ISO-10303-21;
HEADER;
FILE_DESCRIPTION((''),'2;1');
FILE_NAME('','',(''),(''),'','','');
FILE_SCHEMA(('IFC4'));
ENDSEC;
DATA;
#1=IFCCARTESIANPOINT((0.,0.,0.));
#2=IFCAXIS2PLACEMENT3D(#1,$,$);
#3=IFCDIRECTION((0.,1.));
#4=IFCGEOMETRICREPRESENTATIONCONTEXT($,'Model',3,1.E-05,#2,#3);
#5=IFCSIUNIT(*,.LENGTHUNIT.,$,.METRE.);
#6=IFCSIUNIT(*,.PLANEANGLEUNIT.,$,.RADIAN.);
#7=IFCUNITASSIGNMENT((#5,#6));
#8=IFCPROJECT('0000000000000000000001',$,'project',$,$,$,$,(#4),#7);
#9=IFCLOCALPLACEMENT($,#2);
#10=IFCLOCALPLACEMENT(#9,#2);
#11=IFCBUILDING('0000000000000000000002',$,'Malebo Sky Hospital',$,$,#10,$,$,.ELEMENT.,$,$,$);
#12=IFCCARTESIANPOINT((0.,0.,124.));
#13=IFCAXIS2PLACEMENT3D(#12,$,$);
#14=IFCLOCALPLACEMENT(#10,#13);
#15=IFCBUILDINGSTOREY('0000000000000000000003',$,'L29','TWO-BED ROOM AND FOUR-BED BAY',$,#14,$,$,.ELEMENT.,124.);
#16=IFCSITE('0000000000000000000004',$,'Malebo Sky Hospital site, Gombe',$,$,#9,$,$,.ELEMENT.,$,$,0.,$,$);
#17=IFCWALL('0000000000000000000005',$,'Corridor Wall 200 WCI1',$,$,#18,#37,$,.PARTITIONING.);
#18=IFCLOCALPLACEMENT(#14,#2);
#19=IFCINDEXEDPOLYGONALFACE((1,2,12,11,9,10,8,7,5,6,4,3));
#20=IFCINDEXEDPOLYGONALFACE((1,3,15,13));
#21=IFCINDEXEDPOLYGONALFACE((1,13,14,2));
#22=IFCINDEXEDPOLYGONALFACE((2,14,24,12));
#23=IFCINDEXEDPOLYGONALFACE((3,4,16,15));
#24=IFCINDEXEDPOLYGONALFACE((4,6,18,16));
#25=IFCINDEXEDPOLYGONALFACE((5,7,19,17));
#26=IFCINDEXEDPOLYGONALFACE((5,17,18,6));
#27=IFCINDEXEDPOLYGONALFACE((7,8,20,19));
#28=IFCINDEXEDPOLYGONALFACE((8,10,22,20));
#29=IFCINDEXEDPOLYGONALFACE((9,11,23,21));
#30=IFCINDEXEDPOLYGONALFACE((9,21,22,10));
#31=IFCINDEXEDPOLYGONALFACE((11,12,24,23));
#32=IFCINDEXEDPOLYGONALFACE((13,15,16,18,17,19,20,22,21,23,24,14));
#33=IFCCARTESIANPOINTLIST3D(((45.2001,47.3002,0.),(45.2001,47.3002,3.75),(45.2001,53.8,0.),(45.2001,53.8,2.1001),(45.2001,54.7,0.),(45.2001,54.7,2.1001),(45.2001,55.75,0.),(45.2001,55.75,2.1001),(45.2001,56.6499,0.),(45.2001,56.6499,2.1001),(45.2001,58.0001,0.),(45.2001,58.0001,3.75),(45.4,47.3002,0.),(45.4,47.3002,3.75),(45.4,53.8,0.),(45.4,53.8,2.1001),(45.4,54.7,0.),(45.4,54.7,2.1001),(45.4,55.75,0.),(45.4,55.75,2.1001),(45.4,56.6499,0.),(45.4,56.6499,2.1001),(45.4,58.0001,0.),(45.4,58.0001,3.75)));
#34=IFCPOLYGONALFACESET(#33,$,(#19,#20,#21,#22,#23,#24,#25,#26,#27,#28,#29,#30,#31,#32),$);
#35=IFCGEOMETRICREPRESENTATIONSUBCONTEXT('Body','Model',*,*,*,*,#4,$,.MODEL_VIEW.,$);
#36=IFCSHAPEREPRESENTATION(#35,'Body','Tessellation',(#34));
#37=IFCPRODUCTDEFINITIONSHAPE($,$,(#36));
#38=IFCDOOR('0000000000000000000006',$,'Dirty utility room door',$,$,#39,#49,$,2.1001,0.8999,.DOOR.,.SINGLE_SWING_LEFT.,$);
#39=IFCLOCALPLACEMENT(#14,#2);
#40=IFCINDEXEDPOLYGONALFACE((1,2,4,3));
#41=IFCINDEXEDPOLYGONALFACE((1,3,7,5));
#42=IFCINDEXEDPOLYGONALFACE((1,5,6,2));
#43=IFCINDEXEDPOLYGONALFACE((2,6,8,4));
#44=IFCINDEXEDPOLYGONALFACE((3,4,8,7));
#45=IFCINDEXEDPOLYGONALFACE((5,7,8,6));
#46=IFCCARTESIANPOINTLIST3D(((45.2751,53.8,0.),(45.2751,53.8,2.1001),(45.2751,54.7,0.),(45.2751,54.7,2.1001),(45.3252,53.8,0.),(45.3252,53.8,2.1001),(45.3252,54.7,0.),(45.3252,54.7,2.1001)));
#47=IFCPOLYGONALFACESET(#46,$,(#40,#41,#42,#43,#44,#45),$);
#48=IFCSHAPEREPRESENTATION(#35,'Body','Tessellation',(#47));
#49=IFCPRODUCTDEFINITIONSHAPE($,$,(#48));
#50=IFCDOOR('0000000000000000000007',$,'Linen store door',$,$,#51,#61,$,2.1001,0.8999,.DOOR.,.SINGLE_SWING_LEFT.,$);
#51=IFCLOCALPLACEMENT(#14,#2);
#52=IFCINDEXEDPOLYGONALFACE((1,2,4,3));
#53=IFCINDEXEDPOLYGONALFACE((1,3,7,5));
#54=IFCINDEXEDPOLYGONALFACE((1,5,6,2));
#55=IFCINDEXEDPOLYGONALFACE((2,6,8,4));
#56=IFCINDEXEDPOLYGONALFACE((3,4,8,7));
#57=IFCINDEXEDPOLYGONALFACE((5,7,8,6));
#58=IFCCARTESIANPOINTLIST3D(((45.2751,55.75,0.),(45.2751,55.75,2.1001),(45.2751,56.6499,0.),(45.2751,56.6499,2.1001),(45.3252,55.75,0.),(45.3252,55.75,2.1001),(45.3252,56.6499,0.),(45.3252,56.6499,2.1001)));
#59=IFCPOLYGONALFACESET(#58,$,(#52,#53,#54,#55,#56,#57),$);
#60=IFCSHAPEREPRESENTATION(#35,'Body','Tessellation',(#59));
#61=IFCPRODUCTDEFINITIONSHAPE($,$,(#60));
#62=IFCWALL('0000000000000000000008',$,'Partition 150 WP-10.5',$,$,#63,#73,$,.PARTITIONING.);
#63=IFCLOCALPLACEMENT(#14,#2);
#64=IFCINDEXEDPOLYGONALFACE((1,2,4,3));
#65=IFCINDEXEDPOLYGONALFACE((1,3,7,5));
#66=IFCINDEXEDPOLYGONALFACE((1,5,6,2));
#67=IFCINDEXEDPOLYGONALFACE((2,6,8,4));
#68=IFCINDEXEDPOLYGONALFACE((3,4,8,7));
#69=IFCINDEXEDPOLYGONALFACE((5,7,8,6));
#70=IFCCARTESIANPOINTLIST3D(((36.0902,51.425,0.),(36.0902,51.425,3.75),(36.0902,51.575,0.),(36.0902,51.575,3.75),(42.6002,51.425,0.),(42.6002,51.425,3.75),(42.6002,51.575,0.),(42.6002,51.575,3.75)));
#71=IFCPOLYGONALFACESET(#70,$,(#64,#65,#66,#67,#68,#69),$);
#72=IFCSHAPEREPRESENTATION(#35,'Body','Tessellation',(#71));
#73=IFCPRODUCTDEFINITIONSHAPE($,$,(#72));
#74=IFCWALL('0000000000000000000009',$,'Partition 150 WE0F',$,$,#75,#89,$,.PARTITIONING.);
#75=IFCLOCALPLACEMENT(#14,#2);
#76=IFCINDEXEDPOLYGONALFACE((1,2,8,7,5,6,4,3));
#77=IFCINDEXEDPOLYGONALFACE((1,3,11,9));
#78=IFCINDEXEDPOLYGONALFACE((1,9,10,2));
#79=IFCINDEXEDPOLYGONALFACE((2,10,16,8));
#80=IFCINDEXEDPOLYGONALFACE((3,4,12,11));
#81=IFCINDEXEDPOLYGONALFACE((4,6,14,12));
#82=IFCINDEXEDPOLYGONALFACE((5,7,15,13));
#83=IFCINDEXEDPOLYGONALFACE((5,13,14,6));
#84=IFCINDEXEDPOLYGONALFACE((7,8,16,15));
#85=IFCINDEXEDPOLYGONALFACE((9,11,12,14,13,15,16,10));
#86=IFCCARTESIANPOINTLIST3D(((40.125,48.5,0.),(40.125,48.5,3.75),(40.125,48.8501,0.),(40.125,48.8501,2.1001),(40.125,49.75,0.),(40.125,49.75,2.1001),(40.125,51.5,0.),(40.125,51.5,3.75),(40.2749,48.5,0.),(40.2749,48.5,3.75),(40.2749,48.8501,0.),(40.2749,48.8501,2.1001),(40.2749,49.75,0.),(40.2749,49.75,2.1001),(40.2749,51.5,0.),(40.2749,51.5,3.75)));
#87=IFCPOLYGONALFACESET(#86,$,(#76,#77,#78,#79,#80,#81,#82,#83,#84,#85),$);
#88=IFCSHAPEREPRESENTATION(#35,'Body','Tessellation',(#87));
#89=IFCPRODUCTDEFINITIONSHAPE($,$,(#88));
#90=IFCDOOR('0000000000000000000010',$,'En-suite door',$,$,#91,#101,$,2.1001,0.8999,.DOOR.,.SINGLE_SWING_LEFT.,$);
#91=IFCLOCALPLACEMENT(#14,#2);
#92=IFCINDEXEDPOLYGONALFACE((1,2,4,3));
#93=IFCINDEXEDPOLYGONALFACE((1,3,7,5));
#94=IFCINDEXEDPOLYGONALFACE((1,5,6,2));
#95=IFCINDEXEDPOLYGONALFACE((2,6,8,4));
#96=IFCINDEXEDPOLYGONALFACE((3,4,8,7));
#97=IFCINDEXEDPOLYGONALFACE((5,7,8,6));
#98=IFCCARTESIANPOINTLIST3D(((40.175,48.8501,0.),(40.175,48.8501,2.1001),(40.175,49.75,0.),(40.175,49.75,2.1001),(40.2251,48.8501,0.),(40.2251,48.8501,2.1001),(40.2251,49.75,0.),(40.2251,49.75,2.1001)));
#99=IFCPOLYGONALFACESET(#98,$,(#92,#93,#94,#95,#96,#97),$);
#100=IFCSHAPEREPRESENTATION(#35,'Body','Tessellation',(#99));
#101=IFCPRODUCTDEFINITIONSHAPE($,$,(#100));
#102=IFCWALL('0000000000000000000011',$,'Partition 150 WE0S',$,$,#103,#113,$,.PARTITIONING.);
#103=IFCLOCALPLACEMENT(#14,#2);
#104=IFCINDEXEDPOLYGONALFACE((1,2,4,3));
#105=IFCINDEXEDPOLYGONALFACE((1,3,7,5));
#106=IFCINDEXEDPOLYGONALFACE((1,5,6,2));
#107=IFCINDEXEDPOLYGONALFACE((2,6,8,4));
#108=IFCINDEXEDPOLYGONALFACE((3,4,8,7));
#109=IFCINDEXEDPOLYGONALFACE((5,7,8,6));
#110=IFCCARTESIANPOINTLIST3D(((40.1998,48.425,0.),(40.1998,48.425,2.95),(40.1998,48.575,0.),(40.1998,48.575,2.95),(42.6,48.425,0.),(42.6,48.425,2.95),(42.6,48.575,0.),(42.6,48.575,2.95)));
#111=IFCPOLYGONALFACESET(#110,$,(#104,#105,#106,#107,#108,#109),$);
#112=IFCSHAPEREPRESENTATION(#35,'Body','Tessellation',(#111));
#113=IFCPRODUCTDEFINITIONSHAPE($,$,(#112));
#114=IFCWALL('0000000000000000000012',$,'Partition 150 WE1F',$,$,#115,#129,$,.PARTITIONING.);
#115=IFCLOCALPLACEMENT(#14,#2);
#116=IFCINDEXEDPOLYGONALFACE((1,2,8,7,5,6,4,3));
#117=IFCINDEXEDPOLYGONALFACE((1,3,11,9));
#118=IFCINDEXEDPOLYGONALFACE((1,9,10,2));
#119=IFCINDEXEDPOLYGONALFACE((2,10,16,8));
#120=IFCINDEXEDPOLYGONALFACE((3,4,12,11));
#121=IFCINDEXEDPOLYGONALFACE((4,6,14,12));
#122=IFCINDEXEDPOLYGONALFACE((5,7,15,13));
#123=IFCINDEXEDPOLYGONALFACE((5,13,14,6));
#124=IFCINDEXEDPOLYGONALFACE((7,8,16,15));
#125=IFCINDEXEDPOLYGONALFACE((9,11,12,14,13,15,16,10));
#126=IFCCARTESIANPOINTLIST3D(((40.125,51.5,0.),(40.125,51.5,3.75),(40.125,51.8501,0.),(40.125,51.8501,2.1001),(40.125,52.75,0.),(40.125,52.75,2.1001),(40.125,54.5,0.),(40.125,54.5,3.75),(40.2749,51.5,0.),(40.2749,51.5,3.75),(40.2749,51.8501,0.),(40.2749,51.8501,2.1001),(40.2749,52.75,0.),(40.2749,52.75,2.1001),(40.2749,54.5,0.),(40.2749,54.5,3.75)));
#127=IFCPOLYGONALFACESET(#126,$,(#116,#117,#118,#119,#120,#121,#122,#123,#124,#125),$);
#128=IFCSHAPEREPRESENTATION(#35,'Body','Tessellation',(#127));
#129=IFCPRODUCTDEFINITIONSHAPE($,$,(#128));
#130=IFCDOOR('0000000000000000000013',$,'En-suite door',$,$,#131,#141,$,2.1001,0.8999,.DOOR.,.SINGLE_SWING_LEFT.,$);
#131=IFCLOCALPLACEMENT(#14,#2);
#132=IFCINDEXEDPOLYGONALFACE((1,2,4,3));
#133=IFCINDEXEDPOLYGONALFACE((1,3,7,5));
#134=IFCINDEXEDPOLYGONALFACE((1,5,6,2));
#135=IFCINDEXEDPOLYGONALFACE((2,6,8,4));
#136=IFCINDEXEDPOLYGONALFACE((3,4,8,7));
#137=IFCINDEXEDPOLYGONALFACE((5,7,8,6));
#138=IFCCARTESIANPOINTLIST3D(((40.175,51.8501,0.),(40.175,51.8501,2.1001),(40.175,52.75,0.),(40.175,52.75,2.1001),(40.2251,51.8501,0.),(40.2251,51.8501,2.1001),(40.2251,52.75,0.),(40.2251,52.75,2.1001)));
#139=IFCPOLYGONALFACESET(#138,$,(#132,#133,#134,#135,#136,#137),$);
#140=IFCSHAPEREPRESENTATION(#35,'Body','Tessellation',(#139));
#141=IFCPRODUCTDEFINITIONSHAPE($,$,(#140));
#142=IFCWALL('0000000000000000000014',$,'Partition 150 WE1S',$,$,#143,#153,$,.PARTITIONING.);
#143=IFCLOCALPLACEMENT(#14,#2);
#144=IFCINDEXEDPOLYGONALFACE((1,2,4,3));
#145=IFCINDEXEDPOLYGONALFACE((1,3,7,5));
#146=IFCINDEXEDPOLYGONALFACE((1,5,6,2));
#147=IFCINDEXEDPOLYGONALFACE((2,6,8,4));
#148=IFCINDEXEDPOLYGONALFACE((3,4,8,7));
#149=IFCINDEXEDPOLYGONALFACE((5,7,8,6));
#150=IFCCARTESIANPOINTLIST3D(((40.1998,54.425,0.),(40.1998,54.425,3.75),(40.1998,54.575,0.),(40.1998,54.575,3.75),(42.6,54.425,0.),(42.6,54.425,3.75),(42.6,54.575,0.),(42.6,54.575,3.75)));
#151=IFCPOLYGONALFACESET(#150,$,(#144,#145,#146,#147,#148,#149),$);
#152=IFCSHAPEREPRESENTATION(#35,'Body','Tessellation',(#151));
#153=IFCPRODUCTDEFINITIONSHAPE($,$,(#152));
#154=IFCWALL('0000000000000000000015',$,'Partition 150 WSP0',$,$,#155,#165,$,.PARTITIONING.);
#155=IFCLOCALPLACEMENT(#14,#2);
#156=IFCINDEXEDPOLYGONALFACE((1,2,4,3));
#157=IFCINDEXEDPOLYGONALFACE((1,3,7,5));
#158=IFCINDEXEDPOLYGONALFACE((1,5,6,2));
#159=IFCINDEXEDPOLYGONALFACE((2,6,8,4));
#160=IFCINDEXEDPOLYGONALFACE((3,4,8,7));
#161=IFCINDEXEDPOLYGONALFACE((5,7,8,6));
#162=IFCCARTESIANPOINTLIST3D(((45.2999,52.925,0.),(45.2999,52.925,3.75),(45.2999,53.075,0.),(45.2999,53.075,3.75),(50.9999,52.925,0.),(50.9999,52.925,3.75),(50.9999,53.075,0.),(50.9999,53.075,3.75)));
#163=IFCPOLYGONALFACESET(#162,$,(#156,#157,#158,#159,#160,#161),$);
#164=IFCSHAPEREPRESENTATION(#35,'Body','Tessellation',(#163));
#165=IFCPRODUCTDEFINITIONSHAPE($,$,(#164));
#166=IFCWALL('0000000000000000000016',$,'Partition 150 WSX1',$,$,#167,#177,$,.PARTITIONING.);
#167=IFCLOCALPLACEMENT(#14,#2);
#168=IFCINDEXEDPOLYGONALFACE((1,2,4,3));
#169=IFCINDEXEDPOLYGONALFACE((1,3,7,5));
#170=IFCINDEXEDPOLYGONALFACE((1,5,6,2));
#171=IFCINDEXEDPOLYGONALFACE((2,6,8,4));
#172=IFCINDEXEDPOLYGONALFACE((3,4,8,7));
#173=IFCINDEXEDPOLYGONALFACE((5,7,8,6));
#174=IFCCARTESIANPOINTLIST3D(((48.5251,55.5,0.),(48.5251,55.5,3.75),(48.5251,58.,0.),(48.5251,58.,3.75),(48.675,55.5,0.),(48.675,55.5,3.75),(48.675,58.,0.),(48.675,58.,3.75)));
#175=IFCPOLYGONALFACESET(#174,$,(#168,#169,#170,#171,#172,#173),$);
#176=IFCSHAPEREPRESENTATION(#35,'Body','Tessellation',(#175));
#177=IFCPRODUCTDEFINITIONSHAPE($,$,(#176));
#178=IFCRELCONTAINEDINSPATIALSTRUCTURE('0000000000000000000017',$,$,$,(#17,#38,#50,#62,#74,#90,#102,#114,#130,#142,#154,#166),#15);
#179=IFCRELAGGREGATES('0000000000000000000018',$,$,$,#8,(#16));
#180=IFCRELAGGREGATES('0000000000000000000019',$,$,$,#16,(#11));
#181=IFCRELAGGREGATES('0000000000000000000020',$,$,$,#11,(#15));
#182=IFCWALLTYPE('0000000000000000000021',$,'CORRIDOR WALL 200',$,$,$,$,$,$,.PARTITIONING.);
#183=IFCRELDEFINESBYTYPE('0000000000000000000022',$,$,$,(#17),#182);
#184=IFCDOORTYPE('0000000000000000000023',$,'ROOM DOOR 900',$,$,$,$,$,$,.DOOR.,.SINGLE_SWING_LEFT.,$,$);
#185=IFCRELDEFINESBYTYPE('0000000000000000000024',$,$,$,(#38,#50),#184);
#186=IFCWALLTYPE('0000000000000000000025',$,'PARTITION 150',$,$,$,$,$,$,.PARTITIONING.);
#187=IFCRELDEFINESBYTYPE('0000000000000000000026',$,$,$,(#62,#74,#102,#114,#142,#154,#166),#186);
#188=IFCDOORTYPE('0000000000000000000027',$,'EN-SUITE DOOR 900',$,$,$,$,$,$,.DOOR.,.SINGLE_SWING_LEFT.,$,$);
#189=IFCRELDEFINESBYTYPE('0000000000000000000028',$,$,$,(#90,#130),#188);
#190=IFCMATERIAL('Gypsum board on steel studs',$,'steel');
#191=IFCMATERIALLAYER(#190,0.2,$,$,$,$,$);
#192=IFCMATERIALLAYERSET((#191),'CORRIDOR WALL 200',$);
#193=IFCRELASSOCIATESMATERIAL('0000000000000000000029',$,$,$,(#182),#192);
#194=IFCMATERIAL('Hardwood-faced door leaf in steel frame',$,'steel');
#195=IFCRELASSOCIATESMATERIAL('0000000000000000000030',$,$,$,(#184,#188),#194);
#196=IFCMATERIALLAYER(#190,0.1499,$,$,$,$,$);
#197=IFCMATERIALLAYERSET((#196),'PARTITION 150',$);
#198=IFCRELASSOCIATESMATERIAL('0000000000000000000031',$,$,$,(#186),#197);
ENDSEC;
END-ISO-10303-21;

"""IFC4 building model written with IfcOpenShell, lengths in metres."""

from ifc_helpers import new_model, si_unit, direction, frame, frame_2d, origin, place, context, subcontext, project, spatial, rectangle, extrude, material, layer, layer_set, type_object, element, fill, save


model = new_model("IFC4")

# Units and contexts
model_context = context("Model", 3, precision=1e-05, world=origin(), true_north=direction((0.0, 1.0)))
body_context = subcontext(model_context, "Body", "Model", "MODEL_VIEW")
ifc_project = project(units=[si_unit("LENGTHUNIT", "METRE"), si_unit("PLANEANGLEUNIT", "RADIAN")], contexts=[model_context])

# Site, building, storey
site_placement = place(None, origin())
site = spatial("IfcSite", under=ifc_project, at=site_placement, Name="Malebo Sky Hospital site, Gombe", CompositionType="ELEMENT", RefElevation=0.0)
building_placement = place(site_placement, origin())
building = spatial("IfcBuilding", under=site, at=building_placement, Name="Malebo Sky Hospital", CompositionType="ELEMENT")
storey_placement = place(building_placement, frame((0.0, 0.0, 124.0)))
storey = spatial("IfcBuildingStorey", under=building, at=storey_placement, Name="L29", Description="TWO-BED ROOM AND FOUR-BED BAY", CompositionType="ELEMENT", Elevation=124.0)

# Wall, openings, doors
ifc_material_1 = material(Name="Gypsum board on steel studs", Category="steel")
ifc_layer_1 = layer(ifc_material_1, 0.2)
ifc_layer_set_1 = layer_set([ifc_layer_1], Name="CORRIDOR WALL 200")
wall_type_1 = type_object("IfcWallType", Name="CORRIDOR WALL 200", PredefinedType="PARTITIONING", material=ifc_layer_set_1)
wall_1_placement = place(storey_placement, frame((45.3, 47.3, 0.0), z_axis=(0.0, 0.0, 1.0), x_axis=(0.0, 1.0, 0.0)))
wall_1 = element("IfcWall", 1, at=wall_1_placement, inside=storey, type_object=wall_type_1, Name="Corridor Wall 200 WCI1", PredefinedType="PARTITIONING", context=body_context, shape_type="SweptSolid", body=[
    extrude(rectangle(XDim=10.7, YDim=0.2, at=frame_2d((5.3501, 0.0))), origin(), (0.0, 0.0, 1.0), 3.75),
])
opening_1_placement = place(wall_1_placement, frame((6.5, 0.0, 0.0)))
opening_1 = element("IfcOpeningElement", 2, at=opening_1_placement, cuts=wall_1, PredefinedType="OPENING", context=body_context, shape_type="SweptSolid", body=[
    extrude(rectangle(XDim=0.8999, YDim=2.1001, at=frame_2d((0.45, 1.05))), frame((0.0, 0.1099, 0.0), z_axis=(0.0, -1.0, 0.0), x_axis=(1.0, 0.0, 0.0)), (0.0, 0.0, 1.0), 0.22),
])
opening_2_placement = place(wall_1_placement, frame((8.45, 0.0, 0.0)))
opening_2 = element("IfcOpeningElement", 3, at=opening_2_placement, cuts=wall_1, PredefinedType="OPENING", context=body_context, shape_type="SweptSolid", body=[
    extrude(rectangle(XDim=0.8999, YDim=2.1001, at=frame_2d((0.45, 1.05))), frame((0.0, 0.1099, 0.0), z_axis=(0.0, -1.0, 0.0), x_axis=(1.0, 0.0, 0.0)), (0.0, 0.0, 1.0), 0.22),
])
ifc_material_2 = material(Name="Hardwood-faced door leaf in steel frame", Category="steel")
door_type_1 = type_object("IfcDoorType", Name="ROOM DOOR 900", OperationType="SINGLE_SWING_LEFT", PredefinedType="DOOR", material=ifc_material_2)
door_1_placement = place(opening_1_placement, origin())
door_1 = element("IfcDoor", 4, at=door_1_placement, inside=storey, type_object=door_type_1, Name="Dirty utility room door", OperationType="SINGLE_SWING_LEFT", OverallHeight=2.1001, OverallWidth=0.8999, PredefinedType="DOOR", context=body_context, shape_type="SweptSolid", body=[
    extrude(rectangle(XDim=0.8999, YDim=2.1001, at=frame_2d((0.45, 1.05))), frame((0.0, 0.0249, 0.0), z_axis=(0.0, -1.0, 0.0), x_axis=(1.0, 0.0, 0.0)), (0.0, 0.0, 1.0), 0.05),
])
fill(opening_1, door_1)
door_2_placement = place(opening_2_placement, origin())
door_2 = element("IfcDoor", 5, at=door_2_placement, inside=storey, type_object=door_type_1, Name="Linen store door", OperationType="SINGLE_SWING_LEFT", OverallHeight=2.1001, OverallWidth=0.8999, PredefinedType="DOOR", context=body_context, shape_type="SweptSolid", body=[
    extrude(rectangle(XDim=0.8999, YDim=2.1001, at=frame_2d((0.45, 1.05))), frame((0.0, 0.0249, 0.0), z_axis=(0.0, -1.0, 0.0), x_axis=(1.0, 0.0, 0.0)), (0.0, 0.0, 1.0), 0.05),
])
fill(opening_2, door_2)

# Wall
ifc_layer_2 = layer(ifc_material_1, 0.1499)
ifc_layer_set_2 = layer_set([ifc_layer_2], Name="PARTITION 150")
wall_type_2 = type_object("IfcWallType", Name="PARTITION 150", PredefinedType="PARTITIONING", material=ifc_layer_set_2)
wall_2_placement = place(storey_placement, frame((42.6001, 51.5, 0.0), z_axis=(0.0, 0.0, 1.0), x_axis=(-1.0, 0.0, 0.0)))
element("IfcWall", 6, at=wall_2_placement, inside=storey, type_object=wall_type_2, Name="Partition 150 WP-10.5", PredefinedType="PARTITIONING", context=body_context, shape_type="SweptSolid", body=[
    extrude(rectangle(XDim=6.51, YDim=0.1499, at=frame_2d((3.2549, 0.0))), origin(), (0.0, 0.0, 1.0), 3.75),
])

# Wall, opening, door
wall_3_placement = place(storey_placement, frame((40.2, 48.5, 0.0), z_axis=(0.0, 0.0, 1.0), x_axis=(0.0, 1.0, 0.0)))
wall_3 = element("IfcWall", 7, at=wall_3_placement, inside=storey, type_object=wall_type_2, Name="Partition 150 WE0F", PredefinedType="PARTITIONING", context=body_context, shape_type="SweptSolid", body=[
    extrude(rectangle(XDim=3.0, YDim=0.1499, at=frame_2d((1.5, 0.0))), origin(), (0.0, 0.0, 1.0), 3.75),
])
opening_3_placement = place(wall_3_placement, frame((0.3501, 0.0, 0.0)))
opening_3 = element("IfcOpeningElement", 8, at=opening_3_placement, cuts=wall_3, PredefinedType="OPENING", context=body_context, shape_type="SweptSolid", body=[
    extrude(rectangle(XDim=0.8999, YDim=2.1001, at=frame_2d((0.45, 1.05))), frame((0.0, 0.085, 0.0), z_axis=(0.0, -1.0, 0.0), x_axis=(1.0, 0.0, 0.0)), (0.0, 0.0, 1.0), 0.1699),
])
door_type_2 = type_object("IfcDoorType", Name="EN-SUITE DOOR 900", OperationType="SINGLE_SWING_LEFT", PredefinedType="DOOR", material=ifc_material_2)
door_3_placement = place(opening_3_placement, origin())
door_3 = element("IfcDoor", 9, at=door_3_placement, inside=storey, type_object=door_type_2, Name="En-suite door", OperationType="SINGLE_SWING_LEFT", OverallHeight=2.1001, OverallWidth=0.8999, PredefinedType="DOOR", context=body_context, shape_type="SweptSolid", body=[
    extrude(rectangle(XDim=0.8999, YDim=2.1001, at=frame_2d((0.45, 1.05))), frame((0.0, 0.0249, 0.0), z_axis=(0.0, -1.0, 0.0), x_axis=(1.0, 0.0, 0.0)), (0.0, 0.0, 1.0), 0.05),
])
fill(opening_3, door_3)

# Wall
wall_4_placement = place(storey_placement, frame((42.6001, 48.5, 0.0), z_axis=(0.0, 0.0, 1.0), x_axis=(-1.0, 0.0, 0.0)))
element("IfcWall", 10, at=wall_4_placement, inside=storey, type_object=wall_type_2, Name="Partition 150 WE0S", PredefinedType="PARTITIONING", context=body_context, shape_type="SweptSolid", body=[
    extrude(rectangle(XDim=2.4001, YDim=0.1499, at=frame_2d((1.2002, 0.0))), origin(), (0.0, 0.0, 1.0), 2.95),
])

# Wall, opening, door
wall_5_placement = place(storey_placement, frame((40.2, 51.5, 0.0), z_axis=(0.0, 0.0, 1.0), x_axis=(0.0, 1.0, 0.0)))
wall_5 = element("IfcWall", 11, at=wall_5_placement, inside=storey, type_object=wall_type_2, Name="Partition 150 WE1F", PredefinedType="PARTITIONING", context=body_context, shape_type="SweptSolid", body=[
    extrude(rectangle(XDim=3.0, YDim=0.1499, at=frame_2d((1.5, 0.0))), origin(), (0.0, 0.0, 1.0), 3.75),
])
opening_4_placement = place(wall_5_placement, frame((0.3501, 0.0, 0.0)))
opening_4 = element("IfcOpeningElement", 12, at=opening_4_placement, cuts=wall_5, PredefinedType="OPENING", context=body_context, shape_type="SweptSolid", body=[
    extrude(rectangle(XDim=0.8999, YDim=2.1001, at=frame_2d((0.45, 1.05))), frame((0.0, 0.085, 0.0), z_axis=(0.0, -1.0, 0.0), x_axis=(1.0, 0.0, 0.0)), (0.0, 0.0, 1.0), 0.1699),
])
door_4_placement = place(opening_4_placement, origin())
door_4 = element("IfcDoor", 13, at=door_4_placement, inside=storey, type_object=door_type_2, Name="En-suite door", OperationType="SINGLE_SWING_LEFT", OverallHeight=2.1001, OverallWidth=0.8999, PredefinedType="DOOR", context=body_context, shape_type="SweptSolid", body=[
    extrude(rectangle(XDim=0.8999, YDim=2.1001, at=frame_2d((0.45, 1.05))), frame((0.0, 0.0249, 0.0), z_axis=(0.0, -1.0, 0.0), x_axis=(1.0, 0.0, 0.0)), (0.0, 0.0, 1.0), 0.05),
])
fill(opening_4, door_4)

# Walls
wall_6_placement = place(storey_placement, frame((42.6001, 54.5, 0.0), z_axis=(0.0, 0.0, 1.0), x_axis=(-1.0, 0.0, 0.0)))
element("IfcWall", 14, at=wall_6_placement, inside=storey, type_object=wall_type_2, Name="Partition 150 WE1S", PredefinedType="PARTITIONING", context=body_context, shape_type="SweptSolid", body=[
    extrude(rectangle(XDim=2.4001, YDim=0.1499, at=frame_2d((1.2002, 0.0))), origin(), (0.0, 0.0, 1.0), 3.75),
])
wall_7_placement = place(storey_placement, frame((51.0, 53.0, 0.0), z_axis=(0.0, 0.0, 1.0), x_axis=(-1.0, 0.0, 0.0)))
element("IfcWall", 15, at=wall_7_placement, inside=storey, type_object=wall_type_2, Name="Partition 150 WSP0", PredefinedType="PARTITIONING", context=body_context, shape_type="SweptSolid", body=[
    extrude(rectangle(XDim=5.7, YDim=0.1499, at=frame_2d((2.8501, 0.0))), origin(), (0.0, 0.0, 1.0), 3.75),
])
wall_8_placement = place(storey_placement, frame((48.6001, 55.5, 0.0), z_axis=(0.0, 0.0, 1.0), x_axis=(0.0, 1.0, 0.0)))
element("IfcWall", 16, at=wall_8_placement, inside=storey, type_object=wall_type_2, Name="Partition 150 WSX1", PredefinedType="PARTITIONING", context=body_context, shape_type="SweptSolid", body=[
    extrude(rectangle(XDim=2.5, YDim=0.1499, at=frame_2d((1.25, 0.0))), origin(), (0.0, 0.0, 1.0), 3.75),
])

save(model, "model.ifc")
